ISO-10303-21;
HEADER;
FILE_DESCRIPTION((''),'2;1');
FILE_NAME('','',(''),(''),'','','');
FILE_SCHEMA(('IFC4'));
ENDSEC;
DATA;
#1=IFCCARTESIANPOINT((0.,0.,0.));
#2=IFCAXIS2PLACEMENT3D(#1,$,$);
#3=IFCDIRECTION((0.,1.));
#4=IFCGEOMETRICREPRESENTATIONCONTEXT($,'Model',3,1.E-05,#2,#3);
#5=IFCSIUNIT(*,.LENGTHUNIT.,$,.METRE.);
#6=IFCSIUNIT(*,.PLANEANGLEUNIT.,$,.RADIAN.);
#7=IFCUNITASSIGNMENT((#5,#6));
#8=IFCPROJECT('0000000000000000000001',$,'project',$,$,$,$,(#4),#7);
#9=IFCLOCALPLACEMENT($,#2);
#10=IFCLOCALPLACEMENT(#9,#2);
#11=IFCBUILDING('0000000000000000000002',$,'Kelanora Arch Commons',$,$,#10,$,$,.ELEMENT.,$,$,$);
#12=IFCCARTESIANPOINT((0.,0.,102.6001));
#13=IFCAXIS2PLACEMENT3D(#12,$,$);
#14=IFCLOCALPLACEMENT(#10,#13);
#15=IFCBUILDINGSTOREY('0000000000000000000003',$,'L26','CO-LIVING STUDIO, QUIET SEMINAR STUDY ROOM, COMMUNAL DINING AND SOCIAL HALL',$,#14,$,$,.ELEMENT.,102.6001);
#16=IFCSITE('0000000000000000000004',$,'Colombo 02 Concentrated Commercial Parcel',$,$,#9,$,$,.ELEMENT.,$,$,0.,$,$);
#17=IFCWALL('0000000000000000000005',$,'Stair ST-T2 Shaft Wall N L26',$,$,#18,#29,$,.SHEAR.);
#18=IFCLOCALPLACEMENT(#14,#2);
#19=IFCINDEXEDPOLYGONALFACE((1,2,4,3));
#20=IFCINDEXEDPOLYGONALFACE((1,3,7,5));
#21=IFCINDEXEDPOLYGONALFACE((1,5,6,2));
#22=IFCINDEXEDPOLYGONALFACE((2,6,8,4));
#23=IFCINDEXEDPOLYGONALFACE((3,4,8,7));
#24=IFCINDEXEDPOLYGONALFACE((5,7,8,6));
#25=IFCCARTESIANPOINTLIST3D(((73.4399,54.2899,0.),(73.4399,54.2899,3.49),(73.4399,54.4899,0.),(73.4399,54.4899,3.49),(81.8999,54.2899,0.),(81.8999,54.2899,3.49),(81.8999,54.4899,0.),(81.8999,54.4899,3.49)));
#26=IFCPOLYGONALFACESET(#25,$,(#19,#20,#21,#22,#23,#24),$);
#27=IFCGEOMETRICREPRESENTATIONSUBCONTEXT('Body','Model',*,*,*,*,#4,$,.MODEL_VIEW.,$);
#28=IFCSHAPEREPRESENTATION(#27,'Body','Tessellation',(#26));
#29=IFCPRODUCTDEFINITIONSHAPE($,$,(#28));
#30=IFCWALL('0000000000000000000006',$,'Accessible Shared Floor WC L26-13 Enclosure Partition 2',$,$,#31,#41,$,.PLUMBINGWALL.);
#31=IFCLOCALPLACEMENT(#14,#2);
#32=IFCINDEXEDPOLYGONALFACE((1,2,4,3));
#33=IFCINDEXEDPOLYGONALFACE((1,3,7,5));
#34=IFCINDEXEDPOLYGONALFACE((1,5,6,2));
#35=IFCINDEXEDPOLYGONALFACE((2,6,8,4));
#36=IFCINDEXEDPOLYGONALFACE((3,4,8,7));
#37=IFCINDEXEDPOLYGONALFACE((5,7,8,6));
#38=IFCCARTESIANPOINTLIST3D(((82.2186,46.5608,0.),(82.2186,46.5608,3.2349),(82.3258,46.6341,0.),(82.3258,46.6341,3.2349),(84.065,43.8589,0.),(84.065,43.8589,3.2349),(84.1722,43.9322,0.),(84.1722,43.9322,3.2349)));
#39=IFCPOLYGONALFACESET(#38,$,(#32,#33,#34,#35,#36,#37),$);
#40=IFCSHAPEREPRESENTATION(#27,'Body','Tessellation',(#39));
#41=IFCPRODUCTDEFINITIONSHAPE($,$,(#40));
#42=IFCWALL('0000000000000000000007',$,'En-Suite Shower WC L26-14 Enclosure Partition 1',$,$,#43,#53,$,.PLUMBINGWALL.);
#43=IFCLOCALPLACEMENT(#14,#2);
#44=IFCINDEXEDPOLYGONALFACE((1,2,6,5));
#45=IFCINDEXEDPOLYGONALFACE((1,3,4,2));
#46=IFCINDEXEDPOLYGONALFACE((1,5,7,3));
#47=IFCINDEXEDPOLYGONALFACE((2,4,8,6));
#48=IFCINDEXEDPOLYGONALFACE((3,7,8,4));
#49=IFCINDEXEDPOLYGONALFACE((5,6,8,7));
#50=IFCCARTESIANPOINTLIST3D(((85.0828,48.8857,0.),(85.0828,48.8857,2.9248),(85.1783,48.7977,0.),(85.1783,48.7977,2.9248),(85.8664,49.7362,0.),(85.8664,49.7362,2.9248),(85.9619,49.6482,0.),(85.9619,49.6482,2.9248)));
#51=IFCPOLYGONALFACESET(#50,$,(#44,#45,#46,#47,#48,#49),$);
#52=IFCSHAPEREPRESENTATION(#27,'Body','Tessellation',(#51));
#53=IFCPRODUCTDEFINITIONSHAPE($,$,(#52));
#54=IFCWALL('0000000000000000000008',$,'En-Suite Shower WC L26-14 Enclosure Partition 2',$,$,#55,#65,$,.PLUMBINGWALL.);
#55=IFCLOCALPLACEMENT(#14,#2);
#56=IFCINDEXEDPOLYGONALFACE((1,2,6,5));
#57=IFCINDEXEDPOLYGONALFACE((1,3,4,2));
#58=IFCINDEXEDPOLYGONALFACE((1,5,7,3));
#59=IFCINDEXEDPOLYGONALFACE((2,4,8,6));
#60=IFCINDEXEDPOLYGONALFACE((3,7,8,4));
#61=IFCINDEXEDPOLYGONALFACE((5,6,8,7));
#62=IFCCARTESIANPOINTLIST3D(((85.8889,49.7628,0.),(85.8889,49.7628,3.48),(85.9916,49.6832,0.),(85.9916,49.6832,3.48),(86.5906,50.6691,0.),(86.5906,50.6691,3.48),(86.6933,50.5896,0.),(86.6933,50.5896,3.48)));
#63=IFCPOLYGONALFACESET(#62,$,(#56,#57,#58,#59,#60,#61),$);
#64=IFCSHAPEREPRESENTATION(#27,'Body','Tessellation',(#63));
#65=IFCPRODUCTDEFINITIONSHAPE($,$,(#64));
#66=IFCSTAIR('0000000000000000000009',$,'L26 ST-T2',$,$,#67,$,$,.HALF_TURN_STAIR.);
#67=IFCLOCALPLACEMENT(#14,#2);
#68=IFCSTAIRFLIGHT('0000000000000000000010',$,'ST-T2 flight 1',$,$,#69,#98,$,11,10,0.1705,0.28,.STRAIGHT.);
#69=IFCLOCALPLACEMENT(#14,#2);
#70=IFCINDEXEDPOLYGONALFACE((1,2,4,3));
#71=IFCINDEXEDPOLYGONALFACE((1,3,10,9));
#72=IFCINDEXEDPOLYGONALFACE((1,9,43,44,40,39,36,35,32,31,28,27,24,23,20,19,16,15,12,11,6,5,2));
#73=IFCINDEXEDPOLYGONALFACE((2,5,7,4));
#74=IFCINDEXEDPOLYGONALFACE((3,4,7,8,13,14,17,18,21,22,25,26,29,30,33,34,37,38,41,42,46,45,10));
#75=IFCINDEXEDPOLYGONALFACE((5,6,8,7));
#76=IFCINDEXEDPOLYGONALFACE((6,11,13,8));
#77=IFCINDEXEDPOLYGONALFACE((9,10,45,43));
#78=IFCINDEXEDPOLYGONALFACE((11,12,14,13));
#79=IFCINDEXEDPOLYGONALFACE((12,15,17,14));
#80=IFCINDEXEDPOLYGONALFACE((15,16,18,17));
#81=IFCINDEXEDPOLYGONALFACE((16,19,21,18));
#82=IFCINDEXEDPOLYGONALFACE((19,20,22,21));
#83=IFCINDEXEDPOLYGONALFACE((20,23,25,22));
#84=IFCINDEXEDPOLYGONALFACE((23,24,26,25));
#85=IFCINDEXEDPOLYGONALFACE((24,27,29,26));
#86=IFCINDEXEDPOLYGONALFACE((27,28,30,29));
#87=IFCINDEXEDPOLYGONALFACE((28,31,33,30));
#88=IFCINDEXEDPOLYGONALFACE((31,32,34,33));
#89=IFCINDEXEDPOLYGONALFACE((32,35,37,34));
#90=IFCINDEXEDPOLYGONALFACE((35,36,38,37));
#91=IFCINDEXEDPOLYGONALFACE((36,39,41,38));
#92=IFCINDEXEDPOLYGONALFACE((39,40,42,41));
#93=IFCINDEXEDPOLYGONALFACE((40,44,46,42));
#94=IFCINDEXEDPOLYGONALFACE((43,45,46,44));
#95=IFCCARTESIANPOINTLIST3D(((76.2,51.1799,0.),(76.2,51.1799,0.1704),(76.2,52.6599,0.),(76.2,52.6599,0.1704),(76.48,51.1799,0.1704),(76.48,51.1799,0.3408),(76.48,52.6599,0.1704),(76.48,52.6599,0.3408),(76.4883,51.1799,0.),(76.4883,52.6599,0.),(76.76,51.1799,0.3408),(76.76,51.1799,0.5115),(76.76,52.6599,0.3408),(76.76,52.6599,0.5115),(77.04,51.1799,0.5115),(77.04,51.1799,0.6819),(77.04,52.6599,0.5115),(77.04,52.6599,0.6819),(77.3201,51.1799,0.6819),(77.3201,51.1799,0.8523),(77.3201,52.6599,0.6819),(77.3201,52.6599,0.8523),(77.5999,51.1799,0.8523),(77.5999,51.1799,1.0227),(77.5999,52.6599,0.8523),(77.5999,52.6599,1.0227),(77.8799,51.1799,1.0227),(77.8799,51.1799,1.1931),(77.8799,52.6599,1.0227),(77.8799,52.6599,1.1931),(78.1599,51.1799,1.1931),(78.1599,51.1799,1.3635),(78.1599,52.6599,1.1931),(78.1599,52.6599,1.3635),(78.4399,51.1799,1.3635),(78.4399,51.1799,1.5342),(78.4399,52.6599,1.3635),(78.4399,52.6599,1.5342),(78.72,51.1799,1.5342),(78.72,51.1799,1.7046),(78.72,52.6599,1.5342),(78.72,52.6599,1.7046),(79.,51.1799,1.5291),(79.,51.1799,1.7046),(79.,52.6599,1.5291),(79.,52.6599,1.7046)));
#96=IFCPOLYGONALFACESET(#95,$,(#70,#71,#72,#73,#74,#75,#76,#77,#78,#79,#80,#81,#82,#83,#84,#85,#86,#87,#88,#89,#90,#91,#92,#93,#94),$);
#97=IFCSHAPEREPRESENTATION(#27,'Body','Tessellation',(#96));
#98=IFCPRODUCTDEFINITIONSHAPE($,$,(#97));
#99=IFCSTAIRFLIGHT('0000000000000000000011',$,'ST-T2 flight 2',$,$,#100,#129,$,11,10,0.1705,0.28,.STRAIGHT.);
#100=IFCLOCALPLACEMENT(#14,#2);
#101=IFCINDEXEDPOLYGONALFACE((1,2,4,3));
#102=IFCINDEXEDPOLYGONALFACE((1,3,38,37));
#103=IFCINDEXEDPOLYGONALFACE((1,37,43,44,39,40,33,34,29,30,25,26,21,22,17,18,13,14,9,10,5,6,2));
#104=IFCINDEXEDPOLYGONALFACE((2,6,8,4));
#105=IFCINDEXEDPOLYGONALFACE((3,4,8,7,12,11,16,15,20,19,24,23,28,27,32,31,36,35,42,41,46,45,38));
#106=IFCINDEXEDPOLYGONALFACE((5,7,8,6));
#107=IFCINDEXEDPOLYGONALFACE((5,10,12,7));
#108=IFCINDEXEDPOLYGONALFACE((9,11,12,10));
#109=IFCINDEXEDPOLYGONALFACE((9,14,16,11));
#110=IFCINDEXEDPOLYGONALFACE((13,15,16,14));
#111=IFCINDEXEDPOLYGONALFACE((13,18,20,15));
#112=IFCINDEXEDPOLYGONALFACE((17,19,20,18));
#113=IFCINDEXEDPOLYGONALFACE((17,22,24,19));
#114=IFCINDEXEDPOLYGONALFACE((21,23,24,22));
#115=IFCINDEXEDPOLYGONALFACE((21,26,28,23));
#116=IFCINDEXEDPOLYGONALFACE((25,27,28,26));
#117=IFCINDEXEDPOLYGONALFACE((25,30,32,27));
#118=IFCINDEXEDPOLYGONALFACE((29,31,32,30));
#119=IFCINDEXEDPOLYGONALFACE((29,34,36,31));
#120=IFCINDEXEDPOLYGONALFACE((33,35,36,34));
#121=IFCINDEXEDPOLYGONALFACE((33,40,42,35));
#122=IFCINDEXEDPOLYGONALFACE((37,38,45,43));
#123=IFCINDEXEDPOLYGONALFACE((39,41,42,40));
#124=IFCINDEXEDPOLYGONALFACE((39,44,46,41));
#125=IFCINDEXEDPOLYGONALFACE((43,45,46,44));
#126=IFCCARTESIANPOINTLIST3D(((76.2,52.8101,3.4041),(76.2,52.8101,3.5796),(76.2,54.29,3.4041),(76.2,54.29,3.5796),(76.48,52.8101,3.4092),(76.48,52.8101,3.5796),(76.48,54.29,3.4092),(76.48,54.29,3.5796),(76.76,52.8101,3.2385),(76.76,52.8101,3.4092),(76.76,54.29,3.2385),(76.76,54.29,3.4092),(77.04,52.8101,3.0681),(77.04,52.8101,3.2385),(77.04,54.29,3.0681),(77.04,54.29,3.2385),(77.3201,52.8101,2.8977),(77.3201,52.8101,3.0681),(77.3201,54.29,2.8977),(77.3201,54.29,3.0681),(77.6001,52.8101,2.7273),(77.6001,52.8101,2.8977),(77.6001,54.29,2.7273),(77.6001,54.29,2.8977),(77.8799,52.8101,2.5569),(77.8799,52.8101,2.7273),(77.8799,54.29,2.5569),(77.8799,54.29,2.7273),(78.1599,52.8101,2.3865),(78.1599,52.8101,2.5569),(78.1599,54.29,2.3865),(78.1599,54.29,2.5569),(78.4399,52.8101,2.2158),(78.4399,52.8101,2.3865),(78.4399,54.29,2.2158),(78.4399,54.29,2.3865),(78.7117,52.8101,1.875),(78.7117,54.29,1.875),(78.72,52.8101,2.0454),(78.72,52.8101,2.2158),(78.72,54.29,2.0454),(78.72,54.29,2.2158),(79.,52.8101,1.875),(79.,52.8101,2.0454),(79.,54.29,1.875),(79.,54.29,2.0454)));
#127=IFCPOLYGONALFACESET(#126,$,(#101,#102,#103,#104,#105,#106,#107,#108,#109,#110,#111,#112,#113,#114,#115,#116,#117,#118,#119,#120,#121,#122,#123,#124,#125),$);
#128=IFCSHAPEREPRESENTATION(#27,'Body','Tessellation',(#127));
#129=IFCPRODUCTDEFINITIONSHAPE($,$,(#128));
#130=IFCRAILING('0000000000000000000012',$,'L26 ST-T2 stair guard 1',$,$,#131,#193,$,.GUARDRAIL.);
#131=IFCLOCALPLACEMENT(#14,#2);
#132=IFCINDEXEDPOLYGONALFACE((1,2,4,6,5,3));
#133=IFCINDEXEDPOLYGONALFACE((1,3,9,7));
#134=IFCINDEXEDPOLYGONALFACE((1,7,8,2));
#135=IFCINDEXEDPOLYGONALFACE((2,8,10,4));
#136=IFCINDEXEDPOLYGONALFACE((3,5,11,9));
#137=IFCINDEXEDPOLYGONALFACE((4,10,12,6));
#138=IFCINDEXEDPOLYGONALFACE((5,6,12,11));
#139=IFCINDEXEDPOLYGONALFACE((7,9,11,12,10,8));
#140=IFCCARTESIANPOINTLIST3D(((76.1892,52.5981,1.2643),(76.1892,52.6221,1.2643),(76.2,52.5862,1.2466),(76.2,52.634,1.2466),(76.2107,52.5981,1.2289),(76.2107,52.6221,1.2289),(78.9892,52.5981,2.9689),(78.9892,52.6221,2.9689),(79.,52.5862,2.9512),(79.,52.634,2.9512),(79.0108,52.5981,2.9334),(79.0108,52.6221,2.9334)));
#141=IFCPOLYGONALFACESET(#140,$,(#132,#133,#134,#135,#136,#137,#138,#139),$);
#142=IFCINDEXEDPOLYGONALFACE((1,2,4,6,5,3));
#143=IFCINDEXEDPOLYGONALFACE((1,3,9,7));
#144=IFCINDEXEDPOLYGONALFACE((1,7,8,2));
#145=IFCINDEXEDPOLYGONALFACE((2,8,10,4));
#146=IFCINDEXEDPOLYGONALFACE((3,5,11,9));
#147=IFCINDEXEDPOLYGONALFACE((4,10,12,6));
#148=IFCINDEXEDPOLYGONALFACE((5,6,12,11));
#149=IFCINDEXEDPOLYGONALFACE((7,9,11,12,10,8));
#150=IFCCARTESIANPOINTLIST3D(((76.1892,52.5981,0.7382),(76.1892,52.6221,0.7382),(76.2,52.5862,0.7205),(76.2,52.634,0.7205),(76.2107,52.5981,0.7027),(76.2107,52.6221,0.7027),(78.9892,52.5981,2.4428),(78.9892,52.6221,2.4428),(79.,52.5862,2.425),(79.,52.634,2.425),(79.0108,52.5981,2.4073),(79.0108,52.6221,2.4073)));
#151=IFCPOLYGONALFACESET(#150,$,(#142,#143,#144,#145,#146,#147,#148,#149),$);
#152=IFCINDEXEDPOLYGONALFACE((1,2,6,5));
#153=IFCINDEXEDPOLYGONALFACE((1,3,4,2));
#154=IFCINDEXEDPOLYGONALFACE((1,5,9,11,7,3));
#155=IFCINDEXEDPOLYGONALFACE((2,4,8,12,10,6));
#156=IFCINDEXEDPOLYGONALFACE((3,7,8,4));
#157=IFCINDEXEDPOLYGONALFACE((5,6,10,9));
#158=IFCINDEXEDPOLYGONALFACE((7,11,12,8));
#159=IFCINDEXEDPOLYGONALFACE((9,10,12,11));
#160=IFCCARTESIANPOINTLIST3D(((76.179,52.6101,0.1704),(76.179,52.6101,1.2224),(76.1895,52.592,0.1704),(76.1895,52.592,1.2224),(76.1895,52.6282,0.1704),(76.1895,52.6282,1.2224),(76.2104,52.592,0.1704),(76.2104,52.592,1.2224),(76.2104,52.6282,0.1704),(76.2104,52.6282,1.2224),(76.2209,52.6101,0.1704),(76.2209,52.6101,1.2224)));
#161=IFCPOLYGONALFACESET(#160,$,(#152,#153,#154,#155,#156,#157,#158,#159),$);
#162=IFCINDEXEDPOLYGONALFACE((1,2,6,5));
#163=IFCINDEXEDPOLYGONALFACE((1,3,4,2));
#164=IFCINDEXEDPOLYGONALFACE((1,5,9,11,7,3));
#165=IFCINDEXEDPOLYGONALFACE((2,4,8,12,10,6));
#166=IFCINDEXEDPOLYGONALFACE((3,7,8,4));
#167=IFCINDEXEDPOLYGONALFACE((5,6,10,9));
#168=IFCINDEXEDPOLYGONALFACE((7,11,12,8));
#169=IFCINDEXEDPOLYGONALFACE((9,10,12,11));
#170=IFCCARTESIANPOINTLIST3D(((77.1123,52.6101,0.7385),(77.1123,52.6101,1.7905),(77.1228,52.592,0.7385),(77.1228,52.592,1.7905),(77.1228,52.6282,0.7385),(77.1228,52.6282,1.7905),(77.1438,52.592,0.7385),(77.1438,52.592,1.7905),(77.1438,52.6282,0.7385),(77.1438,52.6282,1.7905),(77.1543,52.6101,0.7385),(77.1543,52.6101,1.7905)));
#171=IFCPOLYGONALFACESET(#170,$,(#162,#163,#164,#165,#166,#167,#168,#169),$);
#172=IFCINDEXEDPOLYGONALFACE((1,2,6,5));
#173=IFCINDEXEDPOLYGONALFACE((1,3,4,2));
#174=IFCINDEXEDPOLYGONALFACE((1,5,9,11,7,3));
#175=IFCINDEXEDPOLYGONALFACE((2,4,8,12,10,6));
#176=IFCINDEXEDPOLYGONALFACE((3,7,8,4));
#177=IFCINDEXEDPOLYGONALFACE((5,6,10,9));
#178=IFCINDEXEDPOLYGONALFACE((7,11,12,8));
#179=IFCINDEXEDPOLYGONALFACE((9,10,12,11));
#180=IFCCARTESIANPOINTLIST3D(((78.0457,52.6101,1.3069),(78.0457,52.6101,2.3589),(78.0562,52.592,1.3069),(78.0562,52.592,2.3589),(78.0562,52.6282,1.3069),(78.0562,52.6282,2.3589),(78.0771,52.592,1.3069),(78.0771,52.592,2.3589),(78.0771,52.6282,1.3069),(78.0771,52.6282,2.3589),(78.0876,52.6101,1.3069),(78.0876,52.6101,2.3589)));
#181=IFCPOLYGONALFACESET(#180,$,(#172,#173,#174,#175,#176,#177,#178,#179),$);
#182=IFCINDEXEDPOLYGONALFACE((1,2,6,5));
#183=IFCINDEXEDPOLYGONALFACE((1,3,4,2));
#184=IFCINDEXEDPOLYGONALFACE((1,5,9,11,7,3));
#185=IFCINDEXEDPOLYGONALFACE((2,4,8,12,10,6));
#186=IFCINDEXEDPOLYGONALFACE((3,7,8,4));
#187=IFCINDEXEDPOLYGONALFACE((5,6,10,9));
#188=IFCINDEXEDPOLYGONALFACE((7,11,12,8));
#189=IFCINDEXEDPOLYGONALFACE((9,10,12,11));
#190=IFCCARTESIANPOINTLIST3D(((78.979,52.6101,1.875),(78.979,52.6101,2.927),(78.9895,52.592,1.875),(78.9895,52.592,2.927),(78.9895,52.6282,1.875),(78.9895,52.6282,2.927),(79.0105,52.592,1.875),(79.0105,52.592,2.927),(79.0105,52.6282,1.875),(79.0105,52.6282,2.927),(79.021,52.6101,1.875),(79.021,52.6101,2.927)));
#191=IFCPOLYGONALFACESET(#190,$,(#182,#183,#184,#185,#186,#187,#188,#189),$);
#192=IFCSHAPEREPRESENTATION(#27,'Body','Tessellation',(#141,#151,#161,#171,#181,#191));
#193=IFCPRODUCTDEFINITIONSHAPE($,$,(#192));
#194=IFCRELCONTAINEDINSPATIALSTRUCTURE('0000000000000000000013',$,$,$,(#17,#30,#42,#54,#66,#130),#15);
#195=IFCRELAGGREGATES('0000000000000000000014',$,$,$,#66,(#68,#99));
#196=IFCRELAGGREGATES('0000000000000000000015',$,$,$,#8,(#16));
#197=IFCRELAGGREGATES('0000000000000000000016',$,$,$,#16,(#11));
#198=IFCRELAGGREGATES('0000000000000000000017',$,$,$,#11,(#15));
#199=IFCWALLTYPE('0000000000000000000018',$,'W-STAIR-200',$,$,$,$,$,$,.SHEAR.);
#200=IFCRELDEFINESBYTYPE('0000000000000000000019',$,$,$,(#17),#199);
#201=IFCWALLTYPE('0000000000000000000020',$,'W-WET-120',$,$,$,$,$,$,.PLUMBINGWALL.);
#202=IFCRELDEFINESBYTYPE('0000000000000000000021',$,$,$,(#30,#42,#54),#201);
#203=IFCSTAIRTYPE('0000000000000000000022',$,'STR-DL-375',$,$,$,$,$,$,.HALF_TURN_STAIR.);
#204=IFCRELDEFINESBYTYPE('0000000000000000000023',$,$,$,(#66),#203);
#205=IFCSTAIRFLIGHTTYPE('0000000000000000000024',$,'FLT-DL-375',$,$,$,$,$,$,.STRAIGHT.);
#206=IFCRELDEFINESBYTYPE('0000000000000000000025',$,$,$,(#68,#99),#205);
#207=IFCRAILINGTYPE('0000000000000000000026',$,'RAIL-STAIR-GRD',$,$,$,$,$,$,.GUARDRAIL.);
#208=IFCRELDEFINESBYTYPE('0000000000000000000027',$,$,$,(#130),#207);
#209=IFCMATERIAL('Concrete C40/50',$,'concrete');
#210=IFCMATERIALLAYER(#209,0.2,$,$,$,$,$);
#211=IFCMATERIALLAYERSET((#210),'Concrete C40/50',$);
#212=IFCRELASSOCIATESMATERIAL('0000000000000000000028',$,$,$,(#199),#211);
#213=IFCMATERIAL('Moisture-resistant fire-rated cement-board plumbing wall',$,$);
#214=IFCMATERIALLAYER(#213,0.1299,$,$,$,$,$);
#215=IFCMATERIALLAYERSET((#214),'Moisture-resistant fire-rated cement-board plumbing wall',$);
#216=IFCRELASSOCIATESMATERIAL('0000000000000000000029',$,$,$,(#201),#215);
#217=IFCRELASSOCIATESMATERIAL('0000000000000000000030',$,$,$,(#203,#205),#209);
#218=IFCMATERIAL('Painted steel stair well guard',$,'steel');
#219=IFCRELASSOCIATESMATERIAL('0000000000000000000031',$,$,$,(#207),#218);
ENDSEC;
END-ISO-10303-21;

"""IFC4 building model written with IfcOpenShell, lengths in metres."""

from ifc_helpers import new_model, si_unit, direction, frame, frame_2d, origin, place, context, subcontext, project, spatial, polyline, rectangle, outline, extrude, material, layer, layer_set, type_object, element, aggregate, save


model = new_model("IFC4")

# Units and contexts
model_context = context("Model", 3, precision=1e-05, world=origin(), true_north=direction((0.0, 1.0)))
body_context = subcontext(model_context, "Body", "Model", "MODEL_VIEW")
ifc_project = project(units=[si_unit("LENGTHUNIT", "METRE"), si_unit("PLANEANGLEUNIT", "RADIAN")], contexts=[model_context])

# Site, building, storey
site_placement = place(None, origin())
site = spatial("IfcSite", under=ifc_project, at=site_placement, Name="Colombo 02 Concentrated Commercial Parcel", CompositionType="ELEMENT", RefElevation=0.0)
building_placement = place(site_placement, origin())
building = spatial("IfcBuilding", under=site, at=building_placement, Name="Kelanora Arch Commons", CompositionType="ELEMENT")
storey_placement = place(building_placement, frame((0.0, 0.0, 102.6001)))
storey = spatial("IfcBuildingStorey", under=building, at=storey_placement, Name="L26", Description="CO-LIVING STUDIO, QUIET SEMINAR STUDY ROOM, COMMUNAL DINING AND SOCIAL HALL", CompositionType="ELEMENT", Elevation=102.6001)

# Walls
ifc_material_1 = material(Name="Concrete C40/50", Category="concrete")
ifc_layer_1 = layer(ifc_material_1, 0.2)
ifc_layer_set_1 = layer_set([ifc_layer_1], Name="Concrete C40/50")
wall_type_1 = type_object("IfcWallType", Name="W-STAIR-200", PredefinedType="SHEAR", material=ifc_layer_set_1)
wall_1_placement = place(storey_placement, frame((81.8999, 54.3899, 0.0), z_axis=(0.0, 0.0, 1.0), x_axis=(-1.0, 0.0, 0.0)))
element("IfcWall", 1, at=wall_1_placement, inside=storey, type_object=wall_type_1, Name="Stair ST-T2 Shaft Wall N L26", PredefinedType="SHEAR", context=body_context, shape_type="SweptSolid", body=[
    extrude(rectangle(XDim=8.46, YDim=0.2, at=frame_2d((4.23, 0.0))), origin(), (0.0, 0.0, 1.0), 3.49),
])
ifc_material_2 = material(Name="Moisture-resistant fire-rated cement-board plumbing wall")
ifc_layer_2 = layer(ifc_material_2, 0.1299)
ifc_layer_set_2 = layer_set([ifc_layer_2], Name="Moisture-resistant fire-rated cement-board plumbing wall")
wall_type_2 = type_object("IfcWallType", Name="W-WET-120", PredefinedType="PLUMBINGWALL", material=ifc_layer_set_2)
wall_2_placement = place(storey_placement, frame((82.2722, 46.5974, 0.0), z_axis=(0.0, 0.0, 1.0), x_axis=(0.564218, -0.825626, 0.0)))
element("IfcWall", 2, at=wall_2_placement, inside=storey, type_object=wall_type_2, Name="Accessible Shared Floor WC L26-13 Enclosure Partition 2", PredefinedType="PLUMBINGWALL", context=body_context, shape_type="SweptSolid", body=[
    extrude(rectangle(XDim=3.2725, YDim=0.1299, at=frame_2d((1.6362, 0.0))), origin(), (0.0, 0.0, 1.0), 3.2349),
])
wall_3_placement = place(storey_placement, frame((85.1306, 48.8418, 0.0), z_axis=(0.0, 0.0, 1.0), x_axis=(0.677596, 0.735434, 0.0)))
element("IfcWall", 3, at=wall_3_placement, inside=storey, type_object=wall_type_2, Name="En-Suite Shower WC L26-14 Enclosure Partition 1", PredefinedType="PLUMBINGWALL", context=body_context, shape_type="SweptSolid", body=[
    extrude(rectangle(XDim=1.1565, YDim=0.1299, at=frame_2d((0.5781, 0.0))), origin(), (0.0, 0.0, 1.0), 2.9248),
])
wall_4_placement = place(storey_placement, frame((85.9402, 49.7229, 0.0), z_axis=(0.0, 0.0, 1.0), x_axis=(0.612199, 0.790704, 0.0)))
element("IfcWall", 4, at=wall_4_placement, inside=storey, type_object=wall_type_2, Name="En-Suite Shower WC L26-14 Enclosure Partition 2", PredefinedType="PLUMBINGWALL", context=body_context, shape_type="SweptSolid", body=[
    extrude(rectangle(XDim=1.1462, YDim=0.1299, at=frame_2d((0.5732, 0.0))), origin(), (0.0, 0.0, 1.0), 3.48),
])

# Stair, stair flights
stair_type = type_object("IfcStairType", Name="STR-DL-375", PredefinedType="HALF_TURN_STAIR", material=ifc_material_1)
stair_placement = place(storey_placement, origin())
stair = element("IfcStair", 5, at=stair_placement, inside=storey, type_object=stair_type, Name="L26 ST-T2", PredefinedType="HALF_TURN_STAIR")
stair_flight_type = type_object("IfcStairFlightType", Name="FLT-DL-375", PredefinedType="STRAIGHT", material=ifc_material_1)
stair_flight_1_placement = place(storey_placement, frame((76.2, 51.9199, 0.0), z_axis=(0.0, 0.0, 1.0), x_axis=(1.0, 0.0, 0.0)))
stair_flight_1 = element("IfcStairFlight", 6, at=stair_flight_1_placement, type_object=stair_flight_type, Name="ST-T2 flight 1", NumberOfRisers=11, NumberOfTreads=10, PredefinedType="STRAIGHT", RiserHeight=0.1705, TreadLength=0.28, context=body_context, shape_type="SweptSolid", body=[
    extrude(outline(polyline([(0.0, 0.0), (0.0, 0.1704), (0.28, 0.1704), (0.28, 0.3408), (0.5601, 0.3408), (0.5601, 0.5115), (0.8401, 0.5115), (0.8401, 0.6819), (1.1201, 0.6819), (1.1201, 0.8523), (1.3999, 0.8523), (1.3999, 1.0227), (1.6799, 1.0227), (1.6799, 1.1931), (1.96, 1.1931), (1.96, 1.3635), (2.24, 1.3635), (2.24, 1.5342), (2.52, 1.5342), (2.52, 1.7046), (2.8, 1.7046), (2.8, 1.875), (2.8, 1.5291), (0.2883, 0.0), (0.0, 0.0)])), frame((0.0, 0.74, 0.0), z_axis=(0.0, -1.0, 0.0), x_axis=(1.0, 0.0, 0.0)), (0.0, 0.0, 1.0), 1.48),
])
stair_flight_2_placement = place(storey_placement, frame((79.0, 53.55, 1.875), z_axis=(0.0, 0.0, 1.0), x_axis=(-1.0, 0.0, 0.0)))
stair_flight_2 = element("IfcStairFlight", 7, at=stair_flight_2_placement, type_object=stair_flight_type, Name="ST-T2 flight 2", NumberOfRisers=11, NumberOfTreads=10, PredefinedType="STRAIGHT", RiserHeight=0.1705, TreadLength=0.28, context=body_context, shape_type="SweptSolid", body=[
    extrude(outline(polyline([(0.0, 0.0), (0.0, 0.1704), (0.28, 0.1704), (0.28, 0.3408), (0.5601, 0.3408), (0.5601, 0.5115), (0.8401, 0.5115), (0.8401, 0.6819), (1.1201, 0.6819), (1.1201, 0.8523), (1.3999, 0.8523), (1.3999, 1.0227), (1.6799, 1.0227), (1.6799, 1.1931), (1.96, 1.1931), (1.96, 1.3635), (2.24, 1.3635), (2.24, 1.5342), (2.52, 1.5342), (2.52, 1.7046), (2.8, 1.7046), (2.8, 1.875), (2.8, 1.5291), (0.2883, 0.0), (0.0, 0.0)])), frame((0.0, 0.74, 0.0), z_axis=(0.0, -1.0, 0.0), x_axis=(1.0, 0.0, 0.0)), (0.0, 0.0, 1.0), 1.48),
])
aggregate(stair, [stair_flight_1, stair_flight_2])

# Railing
ifc_material_3 = material(Name="Painted steel stair well guard", Category="steel")
railing_type_1 = type_object("IfcRailingType", Name="RAIL-STAIR-GRD", PredefinedType="GUARDRAIL", material=ifc_material_3)
railing_1_placement = place(storey_placement, frame((76.2, 52.6101, 0.1704)))
element("IfcRailing", 8, at=railing_1_placement, inside=storey, type_object=railing_type_1, Name="L26 ST-T2 stair guard 1", PredefinedType="GUARDRAIL", context=body_context, shape_type="SweptSolid", body=[
    extrude(outline(polyline([(0.0239, 0.0), (0.012, 0.0208), (-0.012, 0.0208), (-0.0239, 0.0), (-0.012, -0.0208), (0.012, -0.0208), (0.0239, 0.0)])), frame((0.0, 0.0, 1.0762), z_axis=(0.85417, 0.0, 0.519994), x_axis=(0.0, 1.0, 0.0)), (0.0, 0.0, 1.0), 3.2781),
    extrude(outline(polyline([(0.0239, 0.0), (0.012, 0.0208), (-0.012, 0.0208), (-0.0239, 0.0), (-0.012, -0.0208), (0.012, -0.0208), (0.0239, 0.0)])), frame((0.0, 0.0, 0.55), z_axis=(0.85417, 0.0, 0.519994), x_axis=(0.0, 1.0, 0.0)), (0.0, 0.0, 1.0), 3.2781),
    extrude(outline(polyline([(0.021, 0.0), (0.0105, 0.0181), (-0.0105, 0.0181), (-0.021, 0.0), (-0.0105, -0.0181), (0.0105, -0.0181), (0.021, 0.0)])), origin(), (0.0, 0.0, 1.0), 1.052),
    extrude(outline(polyline([(0.021, 0.0), (0.0105, 0.0181), (-0.0105, 0.0181), (-0.021, 0.0), (-0.0105, -0.0181), (0.0105, -0.0181), (0.021, 0.0)])), frame((0.9333, 0.0, 0.5681)), (0.0, 0.0, 1.0), 1.052),
    extrude(outline(polyline([(0.021, 0.0), (0.0105, 0.0181), (-0.0105, 0.0181), (-0.021, 0.0), (-0.0105, -0.0181), (0.0105, -0.0181), (0.021, 0.0)])), frame((1.8667, 0.0, 1.1365)), (0.0, 0.0, 1.0), 1.052),
    extrude(outline(polyline([(0.021, 0.0), (0.0105, 0.0181), (-0.0105, 0.0181), (-0.021, 0.0), (-0.0105, -0.0181), (0.0105, -0.0181), (0.021, 0.0)])), frame((2.8, 0.0, 1.7046)), (0.0, 0.0, 1.0), 1.052),
])

save(model, "model.ifc")
